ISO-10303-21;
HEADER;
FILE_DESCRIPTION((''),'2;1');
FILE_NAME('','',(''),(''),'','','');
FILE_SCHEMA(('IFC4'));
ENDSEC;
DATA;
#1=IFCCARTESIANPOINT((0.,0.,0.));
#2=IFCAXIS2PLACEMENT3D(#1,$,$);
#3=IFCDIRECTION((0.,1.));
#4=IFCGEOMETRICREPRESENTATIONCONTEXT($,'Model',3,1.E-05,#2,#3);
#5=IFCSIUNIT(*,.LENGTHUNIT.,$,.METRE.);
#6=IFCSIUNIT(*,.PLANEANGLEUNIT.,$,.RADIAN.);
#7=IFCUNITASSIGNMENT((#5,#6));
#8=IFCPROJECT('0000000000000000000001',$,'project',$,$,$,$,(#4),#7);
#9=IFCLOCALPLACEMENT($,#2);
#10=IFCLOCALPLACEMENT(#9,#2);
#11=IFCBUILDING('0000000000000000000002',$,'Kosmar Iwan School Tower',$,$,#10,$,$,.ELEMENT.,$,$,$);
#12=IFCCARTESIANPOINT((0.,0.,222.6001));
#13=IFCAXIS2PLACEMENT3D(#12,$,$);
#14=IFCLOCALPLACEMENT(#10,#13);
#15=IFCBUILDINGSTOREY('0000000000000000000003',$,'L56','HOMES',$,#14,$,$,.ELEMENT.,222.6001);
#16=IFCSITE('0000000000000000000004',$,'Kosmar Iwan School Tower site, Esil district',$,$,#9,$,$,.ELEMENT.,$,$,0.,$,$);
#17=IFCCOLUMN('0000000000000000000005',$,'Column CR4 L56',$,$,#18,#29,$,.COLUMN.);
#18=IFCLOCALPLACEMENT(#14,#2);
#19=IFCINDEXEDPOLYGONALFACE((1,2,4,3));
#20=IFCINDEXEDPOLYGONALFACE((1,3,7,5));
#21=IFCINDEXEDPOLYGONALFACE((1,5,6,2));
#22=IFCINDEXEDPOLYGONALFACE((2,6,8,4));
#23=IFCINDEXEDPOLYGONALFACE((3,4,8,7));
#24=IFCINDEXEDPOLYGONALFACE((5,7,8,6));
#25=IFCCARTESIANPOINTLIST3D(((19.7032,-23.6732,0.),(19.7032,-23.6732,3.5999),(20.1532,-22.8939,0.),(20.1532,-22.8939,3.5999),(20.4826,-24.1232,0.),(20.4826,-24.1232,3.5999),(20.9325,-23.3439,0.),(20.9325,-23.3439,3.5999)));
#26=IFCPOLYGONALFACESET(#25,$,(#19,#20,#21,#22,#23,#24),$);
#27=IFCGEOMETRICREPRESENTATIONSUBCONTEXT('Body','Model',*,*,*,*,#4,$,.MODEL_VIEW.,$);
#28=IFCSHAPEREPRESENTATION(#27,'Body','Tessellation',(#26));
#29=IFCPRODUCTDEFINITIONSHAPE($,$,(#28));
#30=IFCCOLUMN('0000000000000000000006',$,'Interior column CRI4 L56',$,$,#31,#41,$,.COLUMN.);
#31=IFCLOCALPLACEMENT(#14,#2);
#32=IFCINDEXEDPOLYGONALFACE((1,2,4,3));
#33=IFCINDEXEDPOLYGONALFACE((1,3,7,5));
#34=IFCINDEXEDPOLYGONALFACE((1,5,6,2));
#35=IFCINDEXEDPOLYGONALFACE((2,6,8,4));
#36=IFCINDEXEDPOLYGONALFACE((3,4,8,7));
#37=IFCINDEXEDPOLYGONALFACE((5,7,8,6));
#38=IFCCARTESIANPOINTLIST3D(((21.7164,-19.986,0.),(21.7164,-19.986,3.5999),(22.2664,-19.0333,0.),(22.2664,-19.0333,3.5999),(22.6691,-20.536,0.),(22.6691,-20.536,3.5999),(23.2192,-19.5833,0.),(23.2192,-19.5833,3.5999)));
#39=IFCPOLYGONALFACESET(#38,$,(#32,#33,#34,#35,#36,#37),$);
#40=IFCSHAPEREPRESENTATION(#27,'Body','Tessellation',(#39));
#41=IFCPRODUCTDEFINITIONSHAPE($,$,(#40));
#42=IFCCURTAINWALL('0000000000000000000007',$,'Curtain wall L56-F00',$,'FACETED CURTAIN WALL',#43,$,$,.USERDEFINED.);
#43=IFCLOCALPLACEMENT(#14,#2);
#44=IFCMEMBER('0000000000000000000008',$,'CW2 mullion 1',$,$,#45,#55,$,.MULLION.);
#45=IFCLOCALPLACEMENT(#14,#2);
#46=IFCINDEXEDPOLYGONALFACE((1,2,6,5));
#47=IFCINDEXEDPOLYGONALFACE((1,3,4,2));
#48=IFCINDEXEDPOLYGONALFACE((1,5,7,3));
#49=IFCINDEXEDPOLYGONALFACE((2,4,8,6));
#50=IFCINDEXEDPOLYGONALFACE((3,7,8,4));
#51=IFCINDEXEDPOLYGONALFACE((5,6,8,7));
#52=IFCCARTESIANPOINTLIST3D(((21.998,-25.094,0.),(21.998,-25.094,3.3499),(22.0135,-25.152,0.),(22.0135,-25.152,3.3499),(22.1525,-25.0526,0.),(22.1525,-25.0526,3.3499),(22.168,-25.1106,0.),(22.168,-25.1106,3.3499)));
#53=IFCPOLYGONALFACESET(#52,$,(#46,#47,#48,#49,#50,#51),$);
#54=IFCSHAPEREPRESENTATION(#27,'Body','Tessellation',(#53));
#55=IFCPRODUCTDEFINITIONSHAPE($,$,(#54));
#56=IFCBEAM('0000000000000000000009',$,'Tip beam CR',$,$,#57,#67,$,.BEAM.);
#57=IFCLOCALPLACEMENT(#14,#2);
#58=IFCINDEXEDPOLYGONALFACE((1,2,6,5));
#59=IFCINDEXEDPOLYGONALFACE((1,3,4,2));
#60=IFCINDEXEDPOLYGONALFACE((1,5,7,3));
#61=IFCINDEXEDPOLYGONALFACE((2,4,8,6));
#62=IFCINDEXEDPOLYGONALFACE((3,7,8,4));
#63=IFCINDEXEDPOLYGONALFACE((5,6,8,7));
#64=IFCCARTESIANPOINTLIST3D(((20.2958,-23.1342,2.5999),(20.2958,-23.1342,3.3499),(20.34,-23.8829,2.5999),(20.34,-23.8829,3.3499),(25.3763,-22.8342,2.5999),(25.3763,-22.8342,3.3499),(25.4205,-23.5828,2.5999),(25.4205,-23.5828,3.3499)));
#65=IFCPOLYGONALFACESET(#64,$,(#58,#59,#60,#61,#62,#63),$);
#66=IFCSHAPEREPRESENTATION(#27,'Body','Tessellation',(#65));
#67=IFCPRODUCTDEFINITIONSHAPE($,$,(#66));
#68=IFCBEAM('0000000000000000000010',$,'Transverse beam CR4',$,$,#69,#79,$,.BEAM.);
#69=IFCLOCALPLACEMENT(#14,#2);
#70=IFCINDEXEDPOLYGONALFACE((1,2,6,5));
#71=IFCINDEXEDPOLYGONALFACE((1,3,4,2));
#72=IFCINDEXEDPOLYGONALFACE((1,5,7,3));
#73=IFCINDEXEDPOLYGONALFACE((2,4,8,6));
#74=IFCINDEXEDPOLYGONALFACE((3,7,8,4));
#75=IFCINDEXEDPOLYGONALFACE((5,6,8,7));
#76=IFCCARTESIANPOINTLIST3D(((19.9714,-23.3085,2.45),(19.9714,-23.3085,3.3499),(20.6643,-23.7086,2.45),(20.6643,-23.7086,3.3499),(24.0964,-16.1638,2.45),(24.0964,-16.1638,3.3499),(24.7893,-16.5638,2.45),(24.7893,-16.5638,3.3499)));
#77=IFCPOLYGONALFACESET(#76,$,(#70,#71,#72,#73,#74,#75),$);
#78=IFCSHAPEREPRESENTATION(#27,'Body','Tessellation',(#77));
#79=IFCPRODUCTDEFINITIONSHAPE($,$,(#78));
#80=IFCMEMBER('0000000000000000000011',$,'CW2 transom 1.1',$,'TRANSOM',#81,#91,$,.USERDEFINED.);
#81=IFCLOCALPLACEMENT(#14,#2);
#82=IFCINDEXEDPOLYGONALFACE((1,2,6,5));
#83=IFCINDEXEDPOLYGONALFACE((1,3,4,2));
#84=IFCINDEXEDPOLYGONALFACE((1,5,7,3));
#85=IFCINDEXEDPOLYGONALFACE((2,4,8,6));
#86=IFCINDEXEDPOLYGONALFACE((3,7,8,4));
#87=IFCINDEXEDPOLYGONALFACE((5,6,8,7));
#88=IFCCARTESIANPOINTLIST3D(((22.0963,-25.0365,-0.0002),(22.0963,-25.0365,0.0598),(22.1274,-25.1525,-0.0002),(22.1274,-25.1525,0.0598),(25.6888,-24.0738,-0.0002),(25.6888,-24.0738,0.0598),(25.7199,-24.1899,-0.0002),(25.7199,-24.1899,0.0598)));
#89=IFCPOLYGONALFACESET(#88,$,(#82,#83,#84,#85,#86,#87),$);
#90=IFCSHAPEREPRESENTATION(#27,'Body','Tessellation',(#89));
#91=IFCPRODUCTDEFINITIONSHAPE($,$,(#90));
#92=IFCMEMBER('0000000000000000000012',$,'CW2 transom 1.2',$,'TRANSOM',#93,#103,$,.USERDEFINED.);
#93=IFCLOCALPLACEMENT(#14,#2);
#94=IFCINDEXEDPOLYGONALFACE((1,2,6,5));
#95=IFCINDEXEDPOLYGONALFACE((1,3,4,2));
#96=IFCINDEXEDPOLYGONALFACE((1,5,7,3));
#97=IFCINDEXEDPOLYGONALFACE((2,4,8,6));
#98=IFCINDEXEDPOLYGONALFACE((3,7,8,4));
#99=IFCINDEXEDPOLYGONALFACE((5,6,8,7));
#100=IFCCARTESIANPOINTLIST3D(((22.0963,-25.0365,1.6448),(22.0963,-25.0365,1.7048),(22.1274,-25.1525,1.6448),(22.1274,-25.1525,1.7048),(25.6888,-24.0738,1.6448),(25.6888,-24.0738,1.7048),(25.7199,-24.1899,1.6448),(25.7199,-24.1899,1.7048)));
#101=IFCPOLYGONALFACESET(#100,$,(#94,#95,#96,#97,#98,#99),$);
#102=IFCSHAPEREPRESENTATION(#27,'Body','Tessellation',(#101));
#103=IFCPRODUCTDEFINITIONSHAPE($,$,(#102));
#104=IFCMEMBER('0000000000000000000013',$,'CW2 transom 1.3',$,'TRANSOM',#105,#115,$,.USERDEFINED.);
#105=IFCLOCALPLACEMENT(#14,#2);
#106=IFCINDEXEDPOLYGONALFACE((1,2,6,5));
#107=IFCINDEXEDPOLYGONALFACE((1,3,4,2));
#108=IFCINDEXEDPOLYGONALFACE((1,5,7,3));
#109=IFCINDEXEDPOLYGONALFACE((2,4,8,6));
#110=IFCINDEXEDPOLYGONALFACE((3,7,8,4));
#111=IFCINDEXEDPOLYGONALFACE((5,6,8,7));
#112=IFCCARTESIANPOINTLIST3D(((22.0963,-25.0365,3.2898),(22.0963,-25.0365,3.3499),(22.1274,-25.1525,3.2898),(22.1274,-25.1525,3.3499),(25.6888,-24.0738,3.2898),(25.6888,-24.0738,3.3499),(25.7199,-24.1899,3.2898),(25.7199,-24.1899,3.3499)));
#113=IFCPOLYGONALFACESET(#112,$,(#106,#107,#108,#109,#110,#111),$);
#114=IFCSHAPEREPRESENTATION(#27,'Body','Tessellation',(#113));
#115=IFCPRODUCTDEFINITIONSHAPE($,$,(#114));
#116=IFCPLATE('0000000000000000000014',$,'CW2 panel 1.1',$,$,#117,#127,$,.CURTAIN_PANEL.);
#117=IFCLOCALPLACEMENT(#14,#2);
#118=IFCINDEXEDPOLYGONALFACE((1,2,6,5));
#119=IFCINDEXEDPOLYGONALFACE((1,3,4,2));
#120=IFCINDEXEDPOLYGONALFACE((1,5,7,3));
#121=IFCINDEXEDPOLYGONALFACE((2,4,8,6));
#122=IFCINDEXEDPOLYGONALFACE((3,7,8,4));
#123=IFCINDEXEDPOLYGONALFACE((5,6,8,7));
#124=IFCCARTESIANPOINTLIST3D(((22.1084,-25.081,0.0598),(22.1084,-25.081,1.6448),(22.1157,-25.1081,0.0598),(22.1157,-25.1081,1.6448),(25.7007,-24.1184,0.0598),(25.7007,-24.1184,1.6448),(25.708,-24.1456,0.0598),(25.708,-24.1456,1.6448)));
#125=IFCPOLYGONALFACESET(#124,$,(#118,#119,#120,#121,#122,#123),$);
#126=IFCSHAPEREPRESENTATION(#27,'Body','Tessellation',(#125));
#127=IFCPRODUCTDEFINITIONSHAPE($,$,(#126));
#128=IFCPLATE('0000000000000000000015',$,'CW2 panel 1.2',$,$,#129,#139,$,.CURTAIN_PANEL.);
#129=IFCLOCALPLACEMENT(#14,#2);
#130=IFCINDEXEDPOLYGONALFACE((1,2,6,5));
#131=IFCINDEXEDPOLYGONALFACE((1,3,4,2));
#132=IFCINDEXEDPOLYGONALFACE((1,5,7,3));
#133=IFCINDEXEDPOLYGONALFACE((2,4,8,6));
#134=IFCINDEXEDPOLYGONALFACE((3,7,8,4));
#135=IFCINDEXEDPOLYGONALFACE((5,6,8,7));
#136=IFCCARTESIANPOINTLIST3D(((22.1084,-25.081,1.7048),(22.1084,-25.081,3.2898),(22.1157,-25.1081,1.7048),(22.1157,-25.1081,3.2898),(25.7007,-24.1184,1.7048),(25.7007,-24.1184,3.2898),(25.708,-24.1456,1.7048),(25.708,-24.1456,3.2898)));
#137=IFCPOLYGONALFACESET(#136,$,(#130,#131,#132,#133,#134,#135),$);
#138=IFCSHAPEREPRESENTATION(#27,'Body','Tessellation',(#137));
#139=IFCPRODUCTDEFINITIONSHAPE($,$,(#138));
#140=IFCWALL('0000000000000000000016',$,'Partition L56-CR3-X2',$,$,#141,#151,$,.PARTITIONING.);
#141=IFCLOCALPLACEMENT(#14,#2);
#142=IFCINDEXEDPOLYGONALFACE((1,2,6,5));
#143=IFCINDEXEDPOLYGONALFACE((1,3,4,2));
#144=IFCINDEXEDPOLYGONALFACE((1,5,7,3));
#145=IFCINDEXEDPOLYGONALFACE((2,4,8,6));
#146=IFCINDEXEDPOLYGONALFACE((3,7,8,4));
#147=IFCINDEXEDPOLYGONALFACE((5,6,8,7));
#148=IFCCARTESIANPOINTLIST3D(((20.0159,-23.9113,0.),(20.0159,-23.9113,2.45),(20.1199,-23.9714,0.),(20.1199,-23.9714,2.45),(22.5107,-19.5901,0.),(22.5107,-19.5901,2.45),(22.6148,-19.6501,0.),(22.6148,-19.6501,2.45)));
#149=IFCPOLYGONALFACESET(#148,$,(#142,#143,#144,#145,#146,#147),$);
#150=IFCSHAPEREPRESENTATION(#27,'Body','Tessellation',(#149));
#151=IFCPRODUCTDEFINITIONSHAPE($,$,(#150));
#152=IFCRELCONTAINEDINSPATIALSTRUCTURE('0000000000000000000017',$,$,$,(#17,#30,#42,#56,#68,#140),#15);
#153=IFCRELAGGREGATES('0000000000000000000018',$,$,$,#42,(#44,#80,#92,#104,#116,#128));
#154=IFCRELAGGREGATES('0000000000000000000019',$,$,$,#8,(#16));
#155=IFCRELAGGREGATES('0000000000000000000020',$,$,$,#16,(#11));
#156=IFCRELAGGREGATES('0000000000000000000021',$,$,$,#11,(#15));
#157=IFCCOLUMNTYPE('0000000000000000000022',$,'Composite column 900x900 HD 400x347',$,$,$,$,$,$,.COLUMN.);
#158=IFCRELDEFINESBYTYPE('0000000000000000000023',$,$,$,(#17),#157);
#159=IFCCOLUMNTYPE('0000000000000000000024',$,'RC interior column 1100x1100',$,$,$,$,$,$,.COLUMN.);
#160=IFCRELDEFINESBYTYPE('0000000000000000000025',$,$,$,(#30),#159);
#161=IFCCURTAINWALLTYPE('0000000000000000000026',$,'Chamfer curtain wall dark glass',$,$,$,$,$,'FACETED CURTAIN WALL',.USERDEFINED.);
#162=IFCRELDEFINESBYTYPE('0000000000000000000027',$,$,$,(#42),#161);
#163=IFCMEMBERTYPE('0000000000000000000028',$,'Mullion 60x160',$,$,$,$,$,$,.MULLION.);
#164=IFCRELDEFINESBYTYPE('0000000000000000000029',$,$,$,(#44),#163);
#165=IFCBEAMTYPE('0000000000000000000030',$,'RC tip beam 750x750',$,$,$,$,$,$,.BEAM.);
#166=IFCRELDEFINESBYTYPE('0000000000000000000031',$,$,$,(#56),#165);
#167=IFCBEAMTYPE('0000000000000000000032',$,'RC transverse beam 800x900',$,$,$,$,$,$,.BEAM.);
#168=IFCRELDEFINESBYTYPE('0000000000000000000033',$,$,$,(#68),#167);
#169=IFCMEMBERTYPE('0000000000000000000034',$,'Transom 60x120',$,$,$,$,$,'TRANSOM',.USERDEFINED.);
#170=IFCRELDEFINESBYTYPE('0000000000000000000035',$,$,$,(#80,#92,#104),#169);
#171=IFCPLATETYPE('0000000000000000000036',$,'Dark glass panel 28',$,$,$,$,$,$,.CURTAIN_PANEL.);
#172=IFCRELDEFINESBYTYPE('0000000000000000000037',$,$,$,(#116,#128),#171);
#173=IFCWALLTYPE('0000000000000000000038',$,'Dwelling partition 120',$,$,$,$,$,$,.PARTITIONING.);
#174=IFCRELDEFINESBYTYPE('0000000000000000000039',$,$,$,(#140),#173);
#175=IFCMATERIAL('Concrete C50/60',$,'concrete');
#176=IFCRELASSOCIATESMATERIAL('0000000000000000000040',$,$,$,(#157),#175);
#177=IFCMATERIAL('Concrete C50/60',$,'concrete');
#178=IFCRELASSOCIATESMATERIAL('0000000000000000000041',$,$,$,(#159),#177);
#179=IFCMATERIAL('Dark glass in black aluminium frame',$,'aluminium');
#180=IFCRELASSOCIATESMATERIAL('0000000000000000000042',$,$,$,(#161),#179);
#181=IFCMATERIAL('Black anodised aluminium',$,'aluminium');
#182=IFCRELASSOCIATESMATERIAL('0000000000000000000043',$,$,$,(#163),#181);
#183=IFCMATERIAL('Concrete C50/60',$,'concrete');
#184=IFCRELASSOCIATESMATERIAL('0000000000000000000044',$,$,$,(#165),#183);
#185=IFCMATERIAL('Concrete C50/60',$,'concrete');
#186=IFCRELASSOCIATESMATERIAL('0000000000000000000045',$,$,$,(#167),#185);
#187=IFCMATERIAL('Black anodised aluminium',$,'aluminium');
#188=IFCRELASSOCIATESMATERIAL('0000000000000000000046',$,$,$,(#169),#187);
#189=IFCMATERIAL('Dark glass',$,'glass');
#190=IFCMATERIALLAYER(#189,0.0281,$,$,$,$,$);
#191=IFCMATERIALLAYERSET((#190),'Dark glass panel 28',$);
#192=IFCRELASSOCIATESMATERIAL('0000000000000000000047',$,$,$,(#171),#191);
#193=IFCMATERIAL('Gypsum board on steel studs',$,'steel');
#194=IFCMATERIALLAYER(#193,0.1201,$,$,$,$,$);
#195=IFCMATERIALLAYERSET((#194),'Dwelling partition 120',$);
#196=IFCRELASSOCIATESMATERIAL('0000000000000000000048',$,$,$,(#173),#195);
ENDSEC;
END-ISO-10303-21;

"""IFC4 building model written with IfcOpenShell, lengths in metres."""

from ifc_helpers import new_model, si_unit, direction, frame, frame_2d, origin, origin_2d, place, context, subcontext, project, spatial, rectangle, extrude, material, layer, layer_set, material_profile, profile_set, type_object, element, aggregate, save


model = new_model("IFC4")

# Units and contexts
model_context = context("Model", 3, precision=1e-05, world=origin(), true_north=direction((0.0, 1.0)))
body_context = subcontext(model_context, "Body", "Model", "MODEL_VIEW")
ifc_project = project(units=[si_unit("LENGTHUNIT", "METRE"), si_unit("PLANEANGLEUNIT", "RADIAN")], contexts=[model_context])

# Site, building, storey
site_placement = place(None, origin())
site = spatial("IfcSite", under=ifc_project, at=site_placement, Name="Kosmar Iwan School Tower site, Esil district", CompositionType="ELEMENT", RefElevation=0.0)
building_placement = place(site_placement, origin())
building = spatial("IfcBuilding", under=site, at=building_placement, Name="Kosmar Iwan School Tower", CompositionType="ELEMENT")
storey_placement = place(building_placement, frame((0.0, 0.0, 222.6001)))
storey = spatial("IfcBuildingStorey", under=building, at=storey_placement, Name="L56", Description="HOMES", CompositionType="ELEMENT", Elevation=222.6001)

# Columns
ifc_material_1 = material(Name="Concrete C50/60", Category="concrete")
ifc_material_profile_1 = material_profile(ifc_material_1, rectangle(XDim=0.8999, YDim=0.8999, at=origin_2d()), Name="RC 900x900 + HD 400x347")
ifc_profile_set_1 = profile_set([ifc_material_profile_1], Name="Concrete C50/60")
column_type_1 = type_object("IfcColumnType", Name="Composite column 900x900 HD 400x347", PredefinedType="COLUMN", material=ifc_profile_set_1)
column_1_placement = place(storey_placement, frame((20.3179, -23.5085, 0.0), z_axis=(0.0, 0.0, 1.0), x_axis=(0.866025, -0.5, 0.0)))
element("IfcColumn", 1, at=column_1_placement, inside=storey, type_object=column_type_1, Name="Column CR4 L56", PredefinedType="COLUMN", context=body_context, shape_type="SweptSolid", body=[
    extrude(rectangle(XDim=0.8999, YDim=0.8999, at=origin_2d()), origin(), (0.0, 0.0, 1.0), 3.5999),
])
ifc_material_2 = material(Name="Concrete C50/60", Category="concrete")
ifc_material_profile_2 = material_profile(ifc_material_2, rectangle(XDim=1.1001, YDim=1.1001, at=origin_2d()), Name="RC 1100x1100")
ifc_profile_set_2 = profile_set([ifc_material_profile_2], Name="Concrete C50/60")
column_type_2 = type_object("IfcColumnType", Name="RC interior column 1100x1100", PredefinedType="COLUMN", material=ifc_profile_set_2)
column_2_placement = place(storey_placement, frame((22.4678, -19.7847, 0.0), z_axis=(0.0, 0.0, 1.0), x_axis=(0.866025, -0.5, 0.0)))
element("IfcColumn", 2, at=column_2_placement, inside=storey, type_object=column_type_2, Name="Interior column CRI4 L56", PredefinedType="COLUMN", context=body_context, shape_type="SweptSolid", body=[
    extrude(rectangle(XDim=1.1001, YDim=1.1001, at=origin_2d()), origin(), (0.0, 0.0, 1.0), 3.5999),
])

# Curtain wall, member
ifc_material_3 = material(Name="Dark glass in black aluminium frame", Category="aluminium")
curtain_wall_type = type_object("IfcCurtainWallType", Name="Chamfer curtain wall dark glass", ElementType="FACETED CURTAIN WALL", PredefinedType="USERDEFINED", material=ifc_material_3)
curtain_wall_placement = place(storey_placement, origin())
curtain_wall = element("IfcCurtainWall", 3, at=curtain_wall_placement, inside=storey, type_object=curtain_wall_type, Name="Curtain wall L56-F00", ObjectType="FACETED CURTAIN WALL", PredefinedType="USERDEFINED")
ifc_material_4 = material(Name="Black anodised aluminium", Category="aluminium")
ifc_material_profile_3 = material_profile(ifc_material_4, rectangle(XDim=0.0601, YDim=0.1599, at=origin_2d()), Name="MULLION 60x160")
ifc_profile_set_3 = profile_set([ifc_material_profile_3], Name="Black anodised aluminium")
member_type_1 = type_object("IfcMemberType", Name="Mullion 60x160", PredefinedType="MULLION", material=ifc_profile_set_3)
member_1_placement = place(storey_placement, frame((22.083, -25.1023, 0.0), z_axis=(0.0, 0.0, 1.0), x_axis=(-0.258819, 0.965926, 0.0)))
member_1 = element("IfcMember", 4, at=member_1_placement, type_object=member_type_1, Name="CW2 mullion 1", PredefinedType="MULLION", context=body_context, shape_type="SweptSolid", body=[
    extrude(rectangle(XDim=0.0601, YDim=0.1599, at=origin_2d()), origin(), (0.0, 0.0, 1.0), 3.3499),
])

# Beams
ifc_material_5 = material(Name="Concrete C50/60", Category="concrete")
ifc_material_profile_4 = material_profile(ifc_material_5, rectangle(XDim=0.75, YDim=0.75, at=origin_2d()), Name="RC 750x750")
ifc_profile_set_4 = profile_set([ifc_material_profile_4], Name="Concrete C50/60")
beam_type_1 = type_object("IfcBeamType", Name="RC tip beam 750x750", PredefinedType="BEAM", material=ifc_profile_set_4)
beam_1_placement = place(storey_placement, frame((20.3179, -23.5085, 2.9749), z_axis=(0.998261, 0.058955, 0.0), x_axis=(-0.058955, 0.998261, 0.0)))
element("IfcBeam", 5, at=beam_1_placement, inside=storey, type_object=beam_type_1, Name="Tip beam CR", PredefinedType="BEAM", context=body_context, shape_type="SweptSolid", body=[
    extrude(rectangle(XDim=0.75, YDim=0.75, at=origin_2d()), origin(), (0.0, 0.0, 1.0), 5.0894),
])
ifc_material_6 = material(Name="Concrete C50/60", Category="concrete")
ifc_material_profile_5 = material_profile(ifc_material_6, rectangle(XDim=0.8, YDim=0.8999, at=origin_2d()), Name="RC 800x900")
ifc_profile_set_5 = profile_set([ifc_material_profile_5], Name="Concrete C50/60")
beam_type_2 = type_object("IfcBeamType", Name="RC transverse beam 800x900", PredefinedType="BEAM", material=ifc_profile_set_5)
beam_2_placement = place(storey_placement, frame((20.3179, -23.5085, 2.8999), z_axis=(0.499997, 0.866027, 0.0), x_axis=(-0.866027, 0.499997, 0.0)))
element("IfcBeam", 6, at=beam_2_placement, inside=storey, type_object=beam_type_2, Name="Transverse beam CR4", PredefinedType="BEAM", context=body_context, shape_type="SweptSolid", body=[
    extrude(rectangle(XDim=0.8, YDim=0.8999, at=origin_2d()), origin(), (0.0, 0.0, 1.0), 8.25),
])

# Members
ifc_material_7 = material(Name="Black anodised aluminium", Category="aluminium")
ifc_material_profile_6 = material_profile(ifc_material_7, rectangle(XDim=0.1201, YDim=0.0601, at=origin_2d()), Name="TRANSOM 60x120")
ifc_profile_set_6 = profile_set([ifc_material_profile_6], Name="Black anodised aluminium")
member_type_2 = type_object("IfcMemberType", Name="Transom 60x120", ElementType="TRANSOM", PredefinedType="USERDEFINED", material=ifc_profile_set_6)
member_2_placement = place(storey_placement, frame((22.1118, -25.0945, 0.0298), z_axis=(0.965924, 0.258827, 0.0), x_axis=(-0.258827, 0.965924, 0.0)))
member_2 = element("IfcMember", 7, at=member_2_placement, type_object=member_type_2, Name="CW2 transom 1.1", ObjectType="TRANSOM", PredefinedType="USERDEFINED", context=body_context, shape_type="SweptSolid", body=[
    extrude(rectangle(XDim=0.1201, YDim=0.0601, at=origin_2d()), origin(), (0.0, 0.0, 1.0), 3.7192),
])
member_3_placement = place(storey_placement, frame((22.1118, -25.0945, 1.6748), z_axis=(0.965924, 0.258827, 0.0), x_axis=(-0.258827, 0.965924, 0.0)))
member_3 = element("IfcMember", 8, at=member_3_placement, type_object=member_type_2, Name="CW2 transom 1.2", ObjectType="TRANSOM", PredefinedType="USERDEFINED", context=body_context, shape_type="SweptSolid", body=[
    extrude(rectangle(XDim=0.1201, YDim=0.0601, at=origin_2d()), origin(), (0.0, 0.0, 1.0), 3.7192),
])
member_4_placement = place(storey_placement, frame((22.1118, -25.0945, 3.3198), z_axis=(0.965924, 0.258827, 0.0), x_axis=(-0.258827, 0.965924, 0.0)))
member_4 = element("IfcMember", 9, at=member_4_placement, type_object=member_type_2, Name="CW2 transom 1.3", ObjectType="TRANSOM", PredefinedType="USERDEFINED", context=body_context, shape_type="SweptSolid", body=[
    extrude(rectangle(XDim=0.1201, YDim=0.0601, at=origin_2d()), origin(), (0.0, 0.0, 1.0), 3.7192),
])

# Plates
ifc_material_8 = material(Name="Dark glass", Category="glass")
ifc_layer_1 = layer(ifc_material_8, 0.0281)
ifc_layer_set_1 = layer_set([ifc_layer_1], Name="Dark glass panel 28")
plate_type = type_object("IfcPlateType", Name="Dark glass panel 28", PredefinedType="CURTAIN_PANEL", material=ifc_layer_set_1)
plate_1_placement = place(storey_placement, frame((23.9082, -24.6133, 0.0598), z_axis=(0.0, 0.0, 1.0), x_axis=(0.965926, 0.258819, 0.0)))
plate_1 = element("IfcPlate", 10, at=plate_1_placement, type_object=plate_type, Name="CW2 panel 1.1", PredefinedType="CURTAIN_PANEL", context=body_context, shape_type="SweptSolid", body=[
    extrude(rectangle(XDim=3.719, YDim=0.0281, at=origin_2d()), origin(), (0.0, 0.0, 1.0), 1.585),
])
plate_2_placement = place(storey_placement, frame((23.9082, -24.6133, 1.7048), z_axis=(0.0, 0.0, 1.0), x_axis=(0.965926, 0.258819, 0.0)))
plate_2 = element("IfcPlate", 11, at=plate_2_placement, type_object=plate_type, Name="CW2 panel 1.2", PredefinedType="CURTAIN_PANEL", context=body_context, shape_type="SweptSolid", body=[
    extrude(rectangle(XDim=3.719, YDim=0.0281, at=origin_2d()), origin(), (0.0, 0.0, 1.0), 1.585),
])
aggregate(curtain_wall, [member_1, member_2, member_3, member_4, plate_1, plate_2])

# Wall
ifc_material_9 = material(Name="Gypsum board on steel studs", Category="steel")
ifc_layer_2 = layer(ifc_material_9, 0.1201)
ifc_layer_set_2 = layer_set([ifc_layer_2], Name="Dwelling partition 120")
wall_type = type_object("IfcWallType", Name="Dwelling partition 120", PredefinedType="PARTITIONING", material=ifc_layer_set_2)
wall_placement = place(storey_placement, frame((22.5627, -19.6201, 0.0), z_axis=(0.0, 0.0, 1.0), x_axis=(-0.499996, -0.866028, 0.0)))
element("IfcWall", 12, at=wall_placement, inside=storey, type_object=wall_type, Name="Partition L56-CR3-X2", PredefinedType="PARTITIONING", context=body_context, shape_type="SweptSolid", body=[
    extrude(rectangle(XDim=4.9897, YDim=0.1201, at=frame_2d((2.4949, 0.0))), origin(), (0.0, 0.0, 1.0), 2.45),
])

save(model, "model.ifc")
